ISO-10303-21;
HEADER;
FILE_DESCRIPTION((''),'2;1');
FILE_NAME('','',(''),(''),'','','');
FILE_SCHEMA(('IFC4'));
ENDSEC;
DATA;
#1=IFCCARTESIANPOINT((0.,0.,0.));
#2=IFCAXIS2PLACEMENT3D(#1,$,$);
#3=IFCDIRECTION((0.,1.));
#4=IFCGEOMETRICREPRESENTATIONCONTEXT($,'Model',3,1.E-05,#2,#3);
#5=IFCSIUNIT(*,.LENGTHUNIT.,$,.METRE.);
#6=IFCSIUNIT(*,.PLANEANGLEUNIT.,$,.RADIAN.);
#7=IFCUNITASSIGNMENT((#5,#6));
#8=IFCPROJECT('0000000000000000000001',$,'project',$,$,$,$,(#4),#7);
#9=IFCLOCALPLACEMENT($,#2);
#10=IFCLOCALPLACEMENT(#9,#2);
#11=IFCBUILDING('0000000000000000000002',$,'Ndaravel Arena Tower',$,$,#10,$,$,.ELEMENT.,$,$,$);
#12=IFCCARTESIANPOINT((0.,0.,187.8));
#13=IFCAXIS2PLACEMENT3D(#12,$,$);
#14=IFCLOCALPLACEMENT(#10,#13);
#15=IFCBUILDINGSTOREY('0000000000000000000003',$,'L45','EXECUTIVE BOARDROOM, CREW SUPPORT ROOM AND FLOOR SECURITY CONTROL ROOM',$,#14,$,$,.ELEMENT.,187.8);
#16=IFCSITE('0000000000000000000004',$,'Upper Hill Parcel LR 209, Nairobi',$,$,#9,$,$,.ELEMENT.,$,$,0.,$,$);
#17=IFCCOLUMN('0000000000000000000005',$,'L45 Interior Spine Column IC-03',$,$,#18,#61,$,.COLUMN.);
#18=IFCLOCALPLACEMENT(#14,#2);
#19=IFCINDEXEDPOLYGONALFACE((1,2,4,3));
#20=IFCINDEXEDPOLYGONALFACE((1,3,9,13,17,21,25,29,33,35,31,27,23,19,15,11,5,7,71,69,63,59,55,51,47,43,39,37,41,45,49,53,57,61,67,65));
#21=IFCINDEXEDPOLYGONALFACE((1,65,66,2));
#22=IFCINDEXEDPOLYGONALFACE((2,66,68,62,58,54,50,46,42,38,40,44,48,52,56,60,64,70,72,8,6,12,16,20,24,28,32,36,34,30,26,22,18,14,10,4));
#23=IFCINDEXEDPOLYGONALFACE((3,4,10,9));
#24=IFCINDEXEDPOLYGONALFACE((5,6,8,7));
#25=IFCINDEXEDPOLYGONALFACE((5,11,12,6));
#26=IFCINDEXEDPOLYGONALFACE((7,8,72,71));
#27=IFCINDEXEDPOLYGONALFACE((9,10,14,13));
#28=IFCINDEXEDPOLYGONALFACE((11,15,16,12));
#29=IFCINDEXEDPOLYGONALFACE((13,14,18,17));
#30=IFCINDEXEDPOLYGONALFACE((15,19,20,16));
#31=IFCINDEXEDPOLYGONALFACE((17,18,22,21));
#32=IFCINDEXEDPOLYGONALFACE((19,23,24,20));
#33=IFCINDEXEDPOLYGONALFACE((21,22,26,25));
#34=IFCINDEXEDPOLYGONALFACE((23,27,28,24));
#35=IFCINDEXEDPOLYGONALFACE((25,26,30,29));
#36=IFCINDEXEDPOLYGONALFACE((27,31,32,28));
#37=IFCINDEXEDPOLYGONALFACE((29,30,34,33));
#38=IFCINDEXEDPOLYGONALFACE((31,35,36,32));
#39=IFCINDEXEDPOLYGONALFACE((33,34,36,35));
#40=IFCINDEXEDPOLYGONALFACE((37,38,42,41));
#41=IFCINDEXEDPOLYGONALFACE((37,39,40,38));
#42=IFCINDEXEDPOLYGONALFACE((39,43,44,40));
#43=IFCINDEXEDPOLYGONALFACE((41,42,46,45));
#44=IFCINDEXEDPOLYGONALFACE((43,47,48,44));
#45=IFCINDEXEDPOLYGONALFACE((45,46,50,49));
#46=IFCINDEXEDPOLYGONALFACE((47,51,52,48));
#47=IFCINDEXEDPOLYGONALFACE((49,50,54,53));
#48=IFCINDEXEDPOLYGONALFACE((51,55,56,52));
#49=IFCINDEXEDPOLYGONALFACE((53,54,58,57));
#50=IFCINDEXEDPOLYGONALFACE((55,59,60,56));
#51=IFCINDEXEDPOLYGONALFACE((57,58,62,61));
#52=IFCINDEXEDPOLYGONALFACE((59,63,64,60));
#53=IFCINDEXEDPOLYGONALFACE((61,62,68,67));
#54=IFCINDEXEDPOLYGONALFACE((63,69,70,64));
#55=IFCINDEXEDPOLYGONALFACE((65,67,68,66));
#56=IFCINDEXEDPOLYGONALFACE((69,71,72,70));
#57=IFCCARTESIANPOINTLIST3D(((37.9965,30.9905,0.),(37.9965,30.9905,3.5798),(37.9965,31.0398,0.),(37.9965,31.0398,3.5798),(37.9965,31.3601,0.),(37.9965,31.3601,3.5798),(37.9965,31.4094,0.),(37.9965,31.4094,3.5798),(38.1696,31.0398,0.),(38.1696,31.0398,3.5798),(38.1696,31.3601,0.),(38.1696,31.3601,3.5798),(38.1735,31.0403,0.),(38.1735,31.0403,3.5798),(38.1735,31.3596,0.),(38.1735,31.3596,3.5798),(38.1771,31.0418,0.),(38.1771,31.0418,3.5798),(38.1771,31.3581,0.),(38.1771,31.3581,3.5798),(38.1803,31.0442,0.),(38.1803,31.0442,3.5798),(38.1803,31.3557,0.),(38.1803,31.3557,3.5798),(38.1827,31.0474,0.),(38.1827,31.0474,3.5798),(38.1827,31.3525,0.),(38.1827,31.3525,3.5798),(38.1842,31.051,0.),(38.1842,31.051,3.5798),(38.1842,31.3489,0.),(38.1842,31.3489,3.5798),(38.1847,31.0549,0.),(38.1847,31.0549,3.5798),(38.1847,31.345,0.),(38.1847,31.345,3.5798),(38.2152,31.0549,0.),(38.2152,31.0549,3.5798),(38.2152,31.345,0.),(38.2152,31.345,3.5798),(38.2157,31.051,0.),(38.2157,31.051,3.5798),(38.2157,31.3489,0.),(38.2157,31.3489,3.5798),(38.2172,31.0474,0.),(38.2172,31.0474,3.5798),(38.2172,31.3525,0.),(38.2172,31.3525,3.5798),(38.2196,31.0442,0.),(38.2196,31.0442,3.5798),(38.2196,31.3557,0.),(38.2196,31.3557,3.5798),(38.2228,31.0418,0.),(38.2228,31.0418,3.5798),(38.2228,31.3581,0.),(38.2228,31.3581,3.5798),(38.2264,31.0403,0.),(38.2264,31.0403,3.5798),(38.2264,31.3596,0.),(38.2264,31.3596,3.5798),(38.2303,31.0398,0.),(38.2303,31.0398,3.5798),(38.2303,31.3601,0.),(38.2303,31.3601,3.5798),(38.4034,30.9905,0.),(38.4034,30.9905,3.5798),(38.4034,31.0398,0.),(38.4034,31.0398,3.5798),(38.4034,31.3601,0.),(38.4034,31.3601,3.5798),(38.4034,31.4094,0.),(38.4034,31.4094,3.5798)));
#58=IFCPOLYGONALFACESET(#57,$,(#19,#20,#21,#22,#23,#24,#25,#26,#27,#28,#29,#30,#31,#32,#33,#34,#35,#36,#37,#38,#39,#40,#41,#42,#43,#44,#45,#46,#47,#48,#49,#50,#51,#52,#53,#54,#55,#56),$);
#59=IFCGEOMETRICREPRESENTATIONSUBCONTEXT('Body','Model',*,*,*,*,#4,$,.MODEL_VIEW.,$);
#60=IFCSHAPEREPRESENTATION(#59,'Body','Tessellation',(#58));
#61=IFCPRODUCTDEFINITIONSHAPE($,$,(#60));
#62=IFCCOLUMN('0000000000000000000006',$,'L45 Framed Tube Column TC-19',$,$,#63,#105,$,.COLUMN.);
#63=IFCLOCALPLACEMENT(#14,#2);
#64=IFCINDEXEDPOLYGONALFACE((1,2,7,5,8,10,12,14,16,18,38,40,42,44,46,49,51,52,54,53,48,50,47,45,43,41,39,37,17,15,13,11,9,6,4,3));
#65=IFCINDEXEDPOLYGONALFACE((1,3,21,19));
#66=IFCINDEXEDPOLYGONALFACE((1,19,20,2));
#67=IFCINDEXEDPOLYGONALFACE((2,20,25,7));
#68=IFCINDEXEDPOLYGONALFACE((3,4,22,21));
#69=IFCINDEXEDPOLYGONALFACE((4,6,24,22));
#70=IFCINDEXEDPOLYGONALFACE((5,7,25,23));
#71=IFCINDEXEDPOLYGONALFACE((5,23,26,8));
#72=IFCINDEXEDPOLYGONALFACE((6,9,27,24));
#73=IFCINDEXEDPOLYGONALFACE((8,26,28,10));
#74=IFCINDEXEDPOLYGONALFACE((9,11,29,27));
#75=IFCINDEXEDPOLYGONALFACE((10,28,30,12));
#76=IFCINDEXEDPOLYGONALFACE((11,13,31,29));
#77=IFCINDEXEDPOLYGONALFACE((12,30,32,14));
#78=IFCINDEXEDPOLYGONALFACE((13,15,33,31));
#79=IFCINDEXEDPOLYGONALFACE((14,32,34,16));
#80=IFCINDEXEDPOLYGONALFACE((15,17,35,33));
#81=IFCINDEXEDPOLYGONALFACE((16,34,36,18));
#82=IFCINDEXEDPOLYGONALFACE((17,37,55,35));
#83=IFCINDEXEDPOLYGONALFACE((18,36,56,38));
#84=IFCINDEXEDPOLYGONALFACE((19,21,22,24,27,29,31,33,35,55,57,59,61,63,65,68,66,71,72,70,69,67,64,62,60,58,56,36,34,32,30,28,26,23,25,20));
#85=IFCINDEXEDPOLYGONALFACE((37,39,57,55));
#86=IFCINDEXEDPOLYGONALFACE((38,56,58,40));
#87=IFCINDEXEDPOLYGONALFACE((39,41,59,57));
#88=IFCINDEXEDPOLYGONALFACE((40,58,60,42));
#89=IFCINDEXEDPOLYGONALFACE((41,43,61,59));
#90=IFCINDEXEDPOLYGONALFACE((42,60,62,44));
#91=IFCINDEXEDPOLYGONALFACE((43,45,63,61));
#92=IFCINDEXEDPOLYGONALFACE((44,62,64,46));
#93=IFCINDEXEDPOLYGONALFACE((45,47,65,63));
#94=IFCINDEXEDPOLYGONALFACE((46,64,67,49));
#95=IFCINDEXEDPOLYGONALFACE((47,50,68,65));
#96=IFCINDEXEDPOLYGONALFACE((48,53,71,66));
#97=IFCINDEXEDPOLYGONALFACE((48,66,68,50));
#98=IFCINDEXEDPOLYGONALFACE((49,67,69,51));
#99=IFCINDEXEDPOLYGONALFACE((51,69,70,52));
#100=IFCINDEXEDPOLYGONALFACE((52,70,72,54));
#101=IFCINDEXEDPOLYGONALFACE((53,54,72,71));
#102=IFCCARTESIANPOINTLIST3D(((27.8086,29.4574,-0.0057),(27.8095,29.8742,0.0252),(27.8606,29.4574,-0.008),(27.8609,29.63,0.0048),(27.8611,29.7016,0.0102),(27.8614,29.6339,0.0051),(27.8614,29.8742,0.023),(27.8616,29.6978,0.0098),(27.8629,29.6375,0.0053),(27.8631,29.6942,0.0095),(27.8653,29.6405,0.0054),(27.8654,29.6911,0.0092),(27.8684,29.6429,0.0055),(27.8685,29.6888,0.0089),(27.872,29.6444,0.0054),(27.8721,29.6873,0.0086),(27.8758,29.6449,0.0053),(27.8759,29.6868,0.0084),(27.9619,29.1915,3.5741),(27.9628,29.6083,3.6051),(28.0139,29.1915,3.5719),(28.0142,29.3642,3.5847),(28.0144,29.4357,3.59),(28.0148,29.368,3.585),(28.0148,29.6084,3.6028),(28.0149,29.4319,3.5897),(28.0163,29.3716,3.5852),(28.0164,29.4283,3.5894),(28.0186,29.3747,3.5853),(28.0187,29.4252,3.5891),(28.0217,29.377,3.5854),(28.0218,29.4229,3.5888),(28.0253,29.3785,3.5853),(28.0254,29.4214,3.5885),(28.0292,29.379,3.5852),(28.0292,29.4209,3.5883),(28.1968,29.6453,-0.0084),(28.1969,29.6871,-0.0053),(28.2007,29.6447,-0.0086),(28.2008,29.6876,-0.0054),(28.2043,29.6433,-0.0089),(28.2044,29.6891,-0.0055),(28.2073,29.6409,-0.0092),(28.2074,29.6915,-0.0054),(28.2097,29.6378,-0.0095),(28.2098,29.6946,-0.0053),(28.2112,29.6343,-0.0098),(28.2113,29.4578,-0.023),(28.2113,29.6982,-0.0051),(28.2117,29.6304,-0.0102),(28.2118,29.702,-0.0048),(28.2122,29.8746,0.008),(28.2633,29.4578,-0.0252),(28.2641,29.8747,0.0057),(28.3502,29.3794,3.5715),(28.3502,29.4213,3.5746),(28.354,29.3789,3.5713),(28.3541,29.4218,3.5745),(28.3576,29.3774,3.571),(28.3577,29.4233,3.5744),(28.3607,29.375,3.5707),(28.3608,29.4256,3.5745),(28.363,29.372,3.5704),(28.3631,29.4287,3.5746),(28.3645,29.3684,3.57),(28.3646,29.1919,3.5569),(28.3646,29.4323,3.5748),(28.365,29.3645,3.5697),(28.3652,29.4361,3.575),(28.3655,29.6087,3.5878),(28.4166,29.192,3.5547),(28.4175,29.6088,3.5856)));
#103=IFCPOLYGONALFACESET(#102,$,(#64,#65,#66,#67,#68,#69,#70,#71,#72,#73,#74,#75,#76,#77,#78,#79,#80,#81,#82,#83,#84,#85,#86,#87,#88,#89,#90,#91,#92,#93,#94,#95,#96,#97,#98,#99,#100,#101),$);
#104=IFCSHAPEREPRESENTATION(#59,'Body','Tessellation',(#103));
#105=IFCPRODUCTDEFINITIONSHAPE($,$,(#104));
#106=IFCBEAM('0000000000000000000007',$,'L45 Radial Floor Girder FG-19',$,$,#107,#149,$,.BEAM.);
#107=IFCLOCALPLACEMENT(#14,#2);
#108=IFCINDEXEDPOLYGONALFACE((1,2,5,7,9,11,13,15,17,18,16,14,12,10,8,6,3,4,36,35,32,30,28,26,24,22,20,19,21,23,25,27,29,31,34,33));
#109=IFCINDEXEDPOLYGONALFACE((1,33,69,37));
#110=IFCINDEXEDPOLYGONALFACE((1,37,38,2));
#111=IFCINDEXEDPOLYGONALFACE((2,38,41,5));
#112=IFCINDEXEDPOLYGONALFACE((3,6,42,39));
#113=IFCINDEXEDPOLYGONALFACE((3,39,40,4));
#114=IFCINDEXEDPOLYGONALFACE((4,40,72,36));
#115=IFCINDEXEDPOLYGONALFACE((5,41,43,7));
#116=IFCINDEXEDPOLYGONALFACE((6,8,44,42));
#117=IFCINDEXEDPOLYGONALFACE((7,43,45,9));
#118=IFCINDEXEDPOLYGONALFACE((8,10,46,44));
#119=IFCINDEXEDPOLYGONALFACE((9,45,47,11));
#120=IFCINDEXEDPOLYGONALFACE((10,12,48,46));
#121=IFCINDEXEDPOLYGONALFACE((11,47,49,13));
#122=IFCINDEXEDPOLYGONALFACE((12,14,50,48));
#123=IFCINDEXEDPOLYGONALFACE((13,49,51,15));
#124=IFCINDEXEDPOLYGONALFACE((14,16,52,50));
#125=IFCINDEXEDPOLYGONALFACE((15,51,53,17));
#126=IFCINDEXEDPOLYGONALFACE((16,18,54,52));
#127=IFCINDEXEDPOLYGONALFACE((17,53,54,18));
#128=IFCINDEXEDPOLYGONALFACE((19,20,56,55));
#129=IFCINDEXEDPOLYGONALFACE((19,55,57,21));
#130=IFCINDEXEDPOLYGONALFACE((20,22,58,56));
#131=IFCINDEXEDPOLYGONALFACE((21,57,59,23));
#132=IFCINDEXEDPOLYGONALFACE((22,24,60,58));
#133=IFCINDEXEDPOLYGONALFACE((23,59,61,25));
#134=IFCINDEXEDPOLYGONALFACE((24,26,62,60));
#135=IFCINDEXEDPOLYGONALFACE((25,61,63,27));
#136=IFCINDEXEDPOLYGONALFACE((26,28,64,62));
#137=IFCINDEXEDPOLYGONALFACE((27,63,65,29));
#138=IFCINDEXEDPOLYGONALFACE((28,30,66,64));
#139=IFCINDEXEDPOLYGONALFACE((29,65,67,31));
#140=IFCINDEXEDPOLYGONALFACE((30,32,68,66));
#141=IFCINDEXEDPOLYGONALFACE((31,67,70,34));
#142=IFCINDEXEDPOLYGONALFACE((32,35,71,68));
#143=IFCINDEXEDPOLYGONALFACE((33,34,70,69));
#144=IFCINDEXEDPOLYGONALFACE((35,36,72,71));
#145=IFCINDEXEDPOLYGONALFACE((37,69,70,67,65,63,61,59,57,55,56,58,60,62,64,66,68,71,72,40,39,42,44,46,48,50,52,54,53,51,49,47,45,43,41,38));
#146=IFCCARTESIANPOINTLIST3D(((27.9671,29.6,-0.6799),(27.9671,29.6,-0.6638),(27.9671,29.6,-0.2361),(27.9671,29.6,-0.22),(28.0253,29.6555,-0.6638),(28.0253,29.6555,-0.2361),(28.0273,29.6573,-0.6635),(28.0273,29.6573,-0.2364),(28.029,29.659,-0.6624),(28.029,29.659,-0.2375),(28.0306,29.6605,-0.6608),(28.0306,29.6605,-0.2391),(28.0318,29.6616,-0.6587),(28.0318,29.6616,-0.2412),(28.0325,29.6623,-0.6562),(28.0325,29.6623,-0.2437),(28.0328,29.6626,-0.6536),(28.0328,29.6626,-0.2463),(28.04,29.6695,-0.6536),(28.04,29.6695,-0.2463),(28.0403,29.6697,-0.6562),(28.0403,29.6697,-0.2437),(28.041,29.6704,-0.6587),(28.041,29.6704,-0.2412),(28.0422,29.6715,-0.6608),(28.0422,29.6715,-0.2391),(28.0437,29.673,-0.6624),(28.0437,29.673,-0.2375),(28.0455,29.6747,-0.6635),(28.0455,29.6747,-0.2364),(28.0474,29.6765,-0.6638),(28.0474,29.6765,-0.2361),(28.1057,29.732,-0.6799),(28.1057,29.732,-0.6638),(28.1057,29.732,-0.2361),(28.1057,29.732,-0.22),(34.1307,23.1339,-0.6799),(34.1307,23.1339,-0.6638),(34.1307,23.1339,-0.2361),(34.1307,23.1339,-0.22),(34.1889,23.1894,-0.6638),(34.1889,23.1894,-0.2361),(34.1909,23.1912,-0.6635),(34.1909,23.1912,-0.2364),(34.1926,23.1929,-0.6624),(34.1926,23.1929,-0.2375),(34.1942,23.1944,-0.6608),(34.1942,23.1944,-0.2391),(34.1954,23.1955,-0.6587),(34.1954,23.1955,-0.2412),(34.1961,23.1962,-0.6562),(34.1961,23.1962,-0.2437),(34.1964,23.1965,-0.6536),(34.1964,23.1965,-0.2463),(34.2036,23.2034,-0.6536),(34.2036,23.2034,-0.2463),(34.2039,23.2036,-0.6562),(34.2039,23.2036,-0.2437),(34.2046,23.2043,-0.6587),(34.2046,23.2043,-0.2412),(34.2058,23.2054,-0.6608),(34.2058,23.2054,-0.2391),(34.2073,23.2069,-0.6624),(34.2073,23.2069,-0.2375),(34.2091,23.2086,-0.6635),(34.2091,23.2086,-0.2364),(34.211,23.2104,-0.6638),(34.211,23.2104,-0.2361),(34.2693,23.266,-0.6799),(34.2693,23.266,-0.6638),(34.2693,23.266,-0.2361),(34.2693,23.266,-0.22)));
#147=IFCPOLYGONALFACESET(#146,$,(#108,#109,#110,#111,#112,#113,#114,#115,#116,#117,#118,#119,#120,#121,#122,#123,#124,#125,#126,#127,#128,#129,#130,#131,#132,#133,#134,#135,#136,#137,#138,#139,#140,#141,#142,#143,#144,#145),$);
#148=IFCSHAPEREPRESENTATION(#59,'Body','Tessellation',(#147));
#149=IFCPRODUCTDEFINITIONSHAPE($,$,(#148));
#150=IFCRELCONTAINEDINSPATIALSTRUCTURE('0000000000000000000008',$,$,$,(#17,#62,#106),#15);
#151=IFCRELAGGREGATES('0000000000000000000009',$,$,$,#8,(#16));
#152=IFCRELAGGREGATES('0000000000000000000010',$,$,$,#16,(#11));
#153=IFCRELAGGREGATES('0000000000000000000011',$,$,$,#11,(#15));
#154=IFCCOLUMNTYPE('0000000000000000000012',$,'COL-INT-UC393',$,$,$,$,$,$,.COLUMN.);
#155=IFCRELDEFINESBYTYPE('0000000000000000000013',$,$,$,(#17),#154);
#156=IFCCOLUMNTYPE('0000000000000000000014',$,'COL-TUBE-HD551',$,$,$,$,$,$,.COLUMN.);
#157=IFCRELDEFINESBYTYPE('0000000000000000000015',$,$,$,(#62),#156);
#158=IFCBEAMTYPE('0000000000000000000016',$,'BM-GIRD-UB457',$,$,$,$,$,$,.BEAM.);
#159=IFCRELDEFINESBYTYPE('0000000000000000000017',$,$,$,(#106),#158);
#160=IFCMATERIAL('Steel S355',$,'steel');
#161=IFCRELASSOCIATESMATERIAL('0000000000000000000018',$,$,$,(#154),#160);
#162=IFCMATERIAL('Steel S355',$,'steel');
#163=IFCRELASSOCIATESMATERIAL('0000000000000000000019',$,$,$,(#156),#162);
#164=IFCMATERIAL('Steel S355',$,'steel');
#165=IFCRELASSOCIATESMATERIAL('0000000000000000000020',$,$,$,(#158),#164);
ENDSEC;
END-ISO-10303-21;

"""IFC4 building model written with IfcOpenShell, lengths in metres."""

from ifc_helpers import new_model, si_unit, direction, frame, origin, origin_2d, place, context, subcontext, project, spatial, i_section, extrude, material, material_profile, profile_set, type_object, element, save


model = new_model("IFC4")

# Units and contexts
model_context = context("Model", 3, precision=1e-05, world=origin(), true_north=direction((0.0, 1.0)))
body_context = subcontext(model_context, "Body", "Model", "MODEL_VIEW")
ifc_project = project(units=[si_unit("LENGTHUNIT", "METRE"), si_unit("PLANEANGLEUNIT", "RADIAN")], contexts=[model_context])

# Site, building, storey
site_placement = place(None, origin())
site = spatial("IfcSite", under=ifc_project, at=site_placement, Name="Upper Hill Parcel LR 209, Nairobi", CompositionType="ELEMENT", RefElevation=0.0)
building_placement = place(site_placement, origin())
building = spatial("IfcBuilding", under=site, at=building_placement, Name="Ndaravel Arena Tower", CompositionType="ELEMENT")
storey_placement = place(building_placement, frame((0.0, 0.0, 187.8)))
storey = spatial("IfcBuildingStorey", under=building, at=storey_placement, Name="L45", Description="EXECUTIVE BOARDROOM, CREW SUPPORT ROOM AND FLOOR SECURITY CONTROL ROOM", CompositionType="ELEMENT", Elevation=187.8)

# Columns
ifc_material_1 = material(Name="Steel S355", Category="steel")
ifc_material_profile_1 = material_profile(ifc_material_1, i_section(OverallWidth=0.407, OverallDepth=0.4189, WebThickness=0.0305, FlangeThickness=0.0493, FilletRadius=0.0151, at=origin_2d()), Name="UC 356x406x393")
ifc_profile_set_1 = profile_set([ifc_material_profile_1], Name="Steel S355")
column_type_1 = type_object("IfcColumnType", Name="COL-INT-UC393", PredefinedType="COLUMN", material=ifc_profile_set_1)
column_1_placement = place(storey_placement, frame((38.2, 31.2, 0.0), z_axis=(0.0, 0.0, 1.0), x_axis=(1.0, 0.0, 0.0)))
element("IfcColumn", 1, at=column_1_placement, inside=storey, type_object=column_type_1, Name="L45 Interior Spine Column IC-03", PredefinedType="COLUMN", context=body_context, shape_type="SweptSolid", body=[
    extrude(i_section(OverallWidth=0.407, OverallDepth=0.4189, WebThickness=0.0305, FlangeThickness=0.0493, FilletRadius=0.0151, at=origin_2d()), origin(), (0.0, 0.0, 1.0), 3.5798),
])
ifc_material_2 = material(Name="Steel S355", Category="steel")
ifc_material_profile_2 = material_profile(ifc_material_2, i_section(OverallWidth=0.418, OverallDepth=0.4551, WebThickness=0.042, FlangeThickness=0.052, FilletRadius=0.0149, at=origin_2d()), Name="HD 400x551")
ifc_profile_set_2 = profile_set([ifc_material_profile_2], Name="Steel S355")
column_type_2 = type_object("IfcColumnType", Name="COL-TUBE-HD551", PredefinedType="COLUMN", material=ifc_profile_set_2)
column_2_placement = place(storey_placement, frame((28.0364, 29.666, 0.0), z_axis=(0.042672, -0.073997, 0.996345), x_axis=(0.002087, 0.997258, 0.073976)))
element("IfcColumn", 2, at=column_2_placement, inside=storey, type_object=column_type_2, Name="L45 Framed Tube Column TC-19", PredefinedType="COLUMN", context=body_context, shape_type="SweptSolid", body=[
    extrude(i_section(OverallWidth=0.418, OverallDepth=0.4551, WebThickness=0.042, FlangeThickness=0.052, FilletRadius=0.0149, at=origin_2d()), origin(), (0.0, 0.0, 1.0), 3.593),
])

# Beam
ifc_material_3 = material(Name="Steel S355", Category="steel")
ifc_material_profile_3 = material_profile(ifc_material_3, i_section(OverallWidth=0.1914, OverallDepth=0.46, WebThickness=0.01, FlangeThickness=0.0161, FilletRadius=0.0103, at=origin_2d()), Name="UB 457x191x82")
ifc_profile_set_3 = profile_set([ifc_material_profile_3], Name="Steel S355")
beam_type_1 = type_object("IfcBeamType", Name="BM-GIRD-UB457", PredefinedType="BEAM", material=ifc_profile_set_3)
beam_1_placement = place(storey_placement, frame((28.0364, 29.666, -0.45), z_axis=(0.689973, -0.723835, 0.0), x_axis=(0.723835, 0.689973, 0.0)))
element("IfcBeam", 3, at=beam_1_placement, inside=storey, type_object=beam_type_1, Name="L45 Radial Floor Girder FG-19", PredefinedType="BEAM", context=body_context, shape_type="SweptSolid", body=[
    extrude(i_section(OverallWidth=0.1914, OverallDepth=0.46, WebThickness=0.01, FlangeThickness=0.0161, FilletRadius=0.0103, at=origin_2d()), origin(), (0.0, 0.0, 1.0), 8.9331),
])

save(model, "model.ifc")
